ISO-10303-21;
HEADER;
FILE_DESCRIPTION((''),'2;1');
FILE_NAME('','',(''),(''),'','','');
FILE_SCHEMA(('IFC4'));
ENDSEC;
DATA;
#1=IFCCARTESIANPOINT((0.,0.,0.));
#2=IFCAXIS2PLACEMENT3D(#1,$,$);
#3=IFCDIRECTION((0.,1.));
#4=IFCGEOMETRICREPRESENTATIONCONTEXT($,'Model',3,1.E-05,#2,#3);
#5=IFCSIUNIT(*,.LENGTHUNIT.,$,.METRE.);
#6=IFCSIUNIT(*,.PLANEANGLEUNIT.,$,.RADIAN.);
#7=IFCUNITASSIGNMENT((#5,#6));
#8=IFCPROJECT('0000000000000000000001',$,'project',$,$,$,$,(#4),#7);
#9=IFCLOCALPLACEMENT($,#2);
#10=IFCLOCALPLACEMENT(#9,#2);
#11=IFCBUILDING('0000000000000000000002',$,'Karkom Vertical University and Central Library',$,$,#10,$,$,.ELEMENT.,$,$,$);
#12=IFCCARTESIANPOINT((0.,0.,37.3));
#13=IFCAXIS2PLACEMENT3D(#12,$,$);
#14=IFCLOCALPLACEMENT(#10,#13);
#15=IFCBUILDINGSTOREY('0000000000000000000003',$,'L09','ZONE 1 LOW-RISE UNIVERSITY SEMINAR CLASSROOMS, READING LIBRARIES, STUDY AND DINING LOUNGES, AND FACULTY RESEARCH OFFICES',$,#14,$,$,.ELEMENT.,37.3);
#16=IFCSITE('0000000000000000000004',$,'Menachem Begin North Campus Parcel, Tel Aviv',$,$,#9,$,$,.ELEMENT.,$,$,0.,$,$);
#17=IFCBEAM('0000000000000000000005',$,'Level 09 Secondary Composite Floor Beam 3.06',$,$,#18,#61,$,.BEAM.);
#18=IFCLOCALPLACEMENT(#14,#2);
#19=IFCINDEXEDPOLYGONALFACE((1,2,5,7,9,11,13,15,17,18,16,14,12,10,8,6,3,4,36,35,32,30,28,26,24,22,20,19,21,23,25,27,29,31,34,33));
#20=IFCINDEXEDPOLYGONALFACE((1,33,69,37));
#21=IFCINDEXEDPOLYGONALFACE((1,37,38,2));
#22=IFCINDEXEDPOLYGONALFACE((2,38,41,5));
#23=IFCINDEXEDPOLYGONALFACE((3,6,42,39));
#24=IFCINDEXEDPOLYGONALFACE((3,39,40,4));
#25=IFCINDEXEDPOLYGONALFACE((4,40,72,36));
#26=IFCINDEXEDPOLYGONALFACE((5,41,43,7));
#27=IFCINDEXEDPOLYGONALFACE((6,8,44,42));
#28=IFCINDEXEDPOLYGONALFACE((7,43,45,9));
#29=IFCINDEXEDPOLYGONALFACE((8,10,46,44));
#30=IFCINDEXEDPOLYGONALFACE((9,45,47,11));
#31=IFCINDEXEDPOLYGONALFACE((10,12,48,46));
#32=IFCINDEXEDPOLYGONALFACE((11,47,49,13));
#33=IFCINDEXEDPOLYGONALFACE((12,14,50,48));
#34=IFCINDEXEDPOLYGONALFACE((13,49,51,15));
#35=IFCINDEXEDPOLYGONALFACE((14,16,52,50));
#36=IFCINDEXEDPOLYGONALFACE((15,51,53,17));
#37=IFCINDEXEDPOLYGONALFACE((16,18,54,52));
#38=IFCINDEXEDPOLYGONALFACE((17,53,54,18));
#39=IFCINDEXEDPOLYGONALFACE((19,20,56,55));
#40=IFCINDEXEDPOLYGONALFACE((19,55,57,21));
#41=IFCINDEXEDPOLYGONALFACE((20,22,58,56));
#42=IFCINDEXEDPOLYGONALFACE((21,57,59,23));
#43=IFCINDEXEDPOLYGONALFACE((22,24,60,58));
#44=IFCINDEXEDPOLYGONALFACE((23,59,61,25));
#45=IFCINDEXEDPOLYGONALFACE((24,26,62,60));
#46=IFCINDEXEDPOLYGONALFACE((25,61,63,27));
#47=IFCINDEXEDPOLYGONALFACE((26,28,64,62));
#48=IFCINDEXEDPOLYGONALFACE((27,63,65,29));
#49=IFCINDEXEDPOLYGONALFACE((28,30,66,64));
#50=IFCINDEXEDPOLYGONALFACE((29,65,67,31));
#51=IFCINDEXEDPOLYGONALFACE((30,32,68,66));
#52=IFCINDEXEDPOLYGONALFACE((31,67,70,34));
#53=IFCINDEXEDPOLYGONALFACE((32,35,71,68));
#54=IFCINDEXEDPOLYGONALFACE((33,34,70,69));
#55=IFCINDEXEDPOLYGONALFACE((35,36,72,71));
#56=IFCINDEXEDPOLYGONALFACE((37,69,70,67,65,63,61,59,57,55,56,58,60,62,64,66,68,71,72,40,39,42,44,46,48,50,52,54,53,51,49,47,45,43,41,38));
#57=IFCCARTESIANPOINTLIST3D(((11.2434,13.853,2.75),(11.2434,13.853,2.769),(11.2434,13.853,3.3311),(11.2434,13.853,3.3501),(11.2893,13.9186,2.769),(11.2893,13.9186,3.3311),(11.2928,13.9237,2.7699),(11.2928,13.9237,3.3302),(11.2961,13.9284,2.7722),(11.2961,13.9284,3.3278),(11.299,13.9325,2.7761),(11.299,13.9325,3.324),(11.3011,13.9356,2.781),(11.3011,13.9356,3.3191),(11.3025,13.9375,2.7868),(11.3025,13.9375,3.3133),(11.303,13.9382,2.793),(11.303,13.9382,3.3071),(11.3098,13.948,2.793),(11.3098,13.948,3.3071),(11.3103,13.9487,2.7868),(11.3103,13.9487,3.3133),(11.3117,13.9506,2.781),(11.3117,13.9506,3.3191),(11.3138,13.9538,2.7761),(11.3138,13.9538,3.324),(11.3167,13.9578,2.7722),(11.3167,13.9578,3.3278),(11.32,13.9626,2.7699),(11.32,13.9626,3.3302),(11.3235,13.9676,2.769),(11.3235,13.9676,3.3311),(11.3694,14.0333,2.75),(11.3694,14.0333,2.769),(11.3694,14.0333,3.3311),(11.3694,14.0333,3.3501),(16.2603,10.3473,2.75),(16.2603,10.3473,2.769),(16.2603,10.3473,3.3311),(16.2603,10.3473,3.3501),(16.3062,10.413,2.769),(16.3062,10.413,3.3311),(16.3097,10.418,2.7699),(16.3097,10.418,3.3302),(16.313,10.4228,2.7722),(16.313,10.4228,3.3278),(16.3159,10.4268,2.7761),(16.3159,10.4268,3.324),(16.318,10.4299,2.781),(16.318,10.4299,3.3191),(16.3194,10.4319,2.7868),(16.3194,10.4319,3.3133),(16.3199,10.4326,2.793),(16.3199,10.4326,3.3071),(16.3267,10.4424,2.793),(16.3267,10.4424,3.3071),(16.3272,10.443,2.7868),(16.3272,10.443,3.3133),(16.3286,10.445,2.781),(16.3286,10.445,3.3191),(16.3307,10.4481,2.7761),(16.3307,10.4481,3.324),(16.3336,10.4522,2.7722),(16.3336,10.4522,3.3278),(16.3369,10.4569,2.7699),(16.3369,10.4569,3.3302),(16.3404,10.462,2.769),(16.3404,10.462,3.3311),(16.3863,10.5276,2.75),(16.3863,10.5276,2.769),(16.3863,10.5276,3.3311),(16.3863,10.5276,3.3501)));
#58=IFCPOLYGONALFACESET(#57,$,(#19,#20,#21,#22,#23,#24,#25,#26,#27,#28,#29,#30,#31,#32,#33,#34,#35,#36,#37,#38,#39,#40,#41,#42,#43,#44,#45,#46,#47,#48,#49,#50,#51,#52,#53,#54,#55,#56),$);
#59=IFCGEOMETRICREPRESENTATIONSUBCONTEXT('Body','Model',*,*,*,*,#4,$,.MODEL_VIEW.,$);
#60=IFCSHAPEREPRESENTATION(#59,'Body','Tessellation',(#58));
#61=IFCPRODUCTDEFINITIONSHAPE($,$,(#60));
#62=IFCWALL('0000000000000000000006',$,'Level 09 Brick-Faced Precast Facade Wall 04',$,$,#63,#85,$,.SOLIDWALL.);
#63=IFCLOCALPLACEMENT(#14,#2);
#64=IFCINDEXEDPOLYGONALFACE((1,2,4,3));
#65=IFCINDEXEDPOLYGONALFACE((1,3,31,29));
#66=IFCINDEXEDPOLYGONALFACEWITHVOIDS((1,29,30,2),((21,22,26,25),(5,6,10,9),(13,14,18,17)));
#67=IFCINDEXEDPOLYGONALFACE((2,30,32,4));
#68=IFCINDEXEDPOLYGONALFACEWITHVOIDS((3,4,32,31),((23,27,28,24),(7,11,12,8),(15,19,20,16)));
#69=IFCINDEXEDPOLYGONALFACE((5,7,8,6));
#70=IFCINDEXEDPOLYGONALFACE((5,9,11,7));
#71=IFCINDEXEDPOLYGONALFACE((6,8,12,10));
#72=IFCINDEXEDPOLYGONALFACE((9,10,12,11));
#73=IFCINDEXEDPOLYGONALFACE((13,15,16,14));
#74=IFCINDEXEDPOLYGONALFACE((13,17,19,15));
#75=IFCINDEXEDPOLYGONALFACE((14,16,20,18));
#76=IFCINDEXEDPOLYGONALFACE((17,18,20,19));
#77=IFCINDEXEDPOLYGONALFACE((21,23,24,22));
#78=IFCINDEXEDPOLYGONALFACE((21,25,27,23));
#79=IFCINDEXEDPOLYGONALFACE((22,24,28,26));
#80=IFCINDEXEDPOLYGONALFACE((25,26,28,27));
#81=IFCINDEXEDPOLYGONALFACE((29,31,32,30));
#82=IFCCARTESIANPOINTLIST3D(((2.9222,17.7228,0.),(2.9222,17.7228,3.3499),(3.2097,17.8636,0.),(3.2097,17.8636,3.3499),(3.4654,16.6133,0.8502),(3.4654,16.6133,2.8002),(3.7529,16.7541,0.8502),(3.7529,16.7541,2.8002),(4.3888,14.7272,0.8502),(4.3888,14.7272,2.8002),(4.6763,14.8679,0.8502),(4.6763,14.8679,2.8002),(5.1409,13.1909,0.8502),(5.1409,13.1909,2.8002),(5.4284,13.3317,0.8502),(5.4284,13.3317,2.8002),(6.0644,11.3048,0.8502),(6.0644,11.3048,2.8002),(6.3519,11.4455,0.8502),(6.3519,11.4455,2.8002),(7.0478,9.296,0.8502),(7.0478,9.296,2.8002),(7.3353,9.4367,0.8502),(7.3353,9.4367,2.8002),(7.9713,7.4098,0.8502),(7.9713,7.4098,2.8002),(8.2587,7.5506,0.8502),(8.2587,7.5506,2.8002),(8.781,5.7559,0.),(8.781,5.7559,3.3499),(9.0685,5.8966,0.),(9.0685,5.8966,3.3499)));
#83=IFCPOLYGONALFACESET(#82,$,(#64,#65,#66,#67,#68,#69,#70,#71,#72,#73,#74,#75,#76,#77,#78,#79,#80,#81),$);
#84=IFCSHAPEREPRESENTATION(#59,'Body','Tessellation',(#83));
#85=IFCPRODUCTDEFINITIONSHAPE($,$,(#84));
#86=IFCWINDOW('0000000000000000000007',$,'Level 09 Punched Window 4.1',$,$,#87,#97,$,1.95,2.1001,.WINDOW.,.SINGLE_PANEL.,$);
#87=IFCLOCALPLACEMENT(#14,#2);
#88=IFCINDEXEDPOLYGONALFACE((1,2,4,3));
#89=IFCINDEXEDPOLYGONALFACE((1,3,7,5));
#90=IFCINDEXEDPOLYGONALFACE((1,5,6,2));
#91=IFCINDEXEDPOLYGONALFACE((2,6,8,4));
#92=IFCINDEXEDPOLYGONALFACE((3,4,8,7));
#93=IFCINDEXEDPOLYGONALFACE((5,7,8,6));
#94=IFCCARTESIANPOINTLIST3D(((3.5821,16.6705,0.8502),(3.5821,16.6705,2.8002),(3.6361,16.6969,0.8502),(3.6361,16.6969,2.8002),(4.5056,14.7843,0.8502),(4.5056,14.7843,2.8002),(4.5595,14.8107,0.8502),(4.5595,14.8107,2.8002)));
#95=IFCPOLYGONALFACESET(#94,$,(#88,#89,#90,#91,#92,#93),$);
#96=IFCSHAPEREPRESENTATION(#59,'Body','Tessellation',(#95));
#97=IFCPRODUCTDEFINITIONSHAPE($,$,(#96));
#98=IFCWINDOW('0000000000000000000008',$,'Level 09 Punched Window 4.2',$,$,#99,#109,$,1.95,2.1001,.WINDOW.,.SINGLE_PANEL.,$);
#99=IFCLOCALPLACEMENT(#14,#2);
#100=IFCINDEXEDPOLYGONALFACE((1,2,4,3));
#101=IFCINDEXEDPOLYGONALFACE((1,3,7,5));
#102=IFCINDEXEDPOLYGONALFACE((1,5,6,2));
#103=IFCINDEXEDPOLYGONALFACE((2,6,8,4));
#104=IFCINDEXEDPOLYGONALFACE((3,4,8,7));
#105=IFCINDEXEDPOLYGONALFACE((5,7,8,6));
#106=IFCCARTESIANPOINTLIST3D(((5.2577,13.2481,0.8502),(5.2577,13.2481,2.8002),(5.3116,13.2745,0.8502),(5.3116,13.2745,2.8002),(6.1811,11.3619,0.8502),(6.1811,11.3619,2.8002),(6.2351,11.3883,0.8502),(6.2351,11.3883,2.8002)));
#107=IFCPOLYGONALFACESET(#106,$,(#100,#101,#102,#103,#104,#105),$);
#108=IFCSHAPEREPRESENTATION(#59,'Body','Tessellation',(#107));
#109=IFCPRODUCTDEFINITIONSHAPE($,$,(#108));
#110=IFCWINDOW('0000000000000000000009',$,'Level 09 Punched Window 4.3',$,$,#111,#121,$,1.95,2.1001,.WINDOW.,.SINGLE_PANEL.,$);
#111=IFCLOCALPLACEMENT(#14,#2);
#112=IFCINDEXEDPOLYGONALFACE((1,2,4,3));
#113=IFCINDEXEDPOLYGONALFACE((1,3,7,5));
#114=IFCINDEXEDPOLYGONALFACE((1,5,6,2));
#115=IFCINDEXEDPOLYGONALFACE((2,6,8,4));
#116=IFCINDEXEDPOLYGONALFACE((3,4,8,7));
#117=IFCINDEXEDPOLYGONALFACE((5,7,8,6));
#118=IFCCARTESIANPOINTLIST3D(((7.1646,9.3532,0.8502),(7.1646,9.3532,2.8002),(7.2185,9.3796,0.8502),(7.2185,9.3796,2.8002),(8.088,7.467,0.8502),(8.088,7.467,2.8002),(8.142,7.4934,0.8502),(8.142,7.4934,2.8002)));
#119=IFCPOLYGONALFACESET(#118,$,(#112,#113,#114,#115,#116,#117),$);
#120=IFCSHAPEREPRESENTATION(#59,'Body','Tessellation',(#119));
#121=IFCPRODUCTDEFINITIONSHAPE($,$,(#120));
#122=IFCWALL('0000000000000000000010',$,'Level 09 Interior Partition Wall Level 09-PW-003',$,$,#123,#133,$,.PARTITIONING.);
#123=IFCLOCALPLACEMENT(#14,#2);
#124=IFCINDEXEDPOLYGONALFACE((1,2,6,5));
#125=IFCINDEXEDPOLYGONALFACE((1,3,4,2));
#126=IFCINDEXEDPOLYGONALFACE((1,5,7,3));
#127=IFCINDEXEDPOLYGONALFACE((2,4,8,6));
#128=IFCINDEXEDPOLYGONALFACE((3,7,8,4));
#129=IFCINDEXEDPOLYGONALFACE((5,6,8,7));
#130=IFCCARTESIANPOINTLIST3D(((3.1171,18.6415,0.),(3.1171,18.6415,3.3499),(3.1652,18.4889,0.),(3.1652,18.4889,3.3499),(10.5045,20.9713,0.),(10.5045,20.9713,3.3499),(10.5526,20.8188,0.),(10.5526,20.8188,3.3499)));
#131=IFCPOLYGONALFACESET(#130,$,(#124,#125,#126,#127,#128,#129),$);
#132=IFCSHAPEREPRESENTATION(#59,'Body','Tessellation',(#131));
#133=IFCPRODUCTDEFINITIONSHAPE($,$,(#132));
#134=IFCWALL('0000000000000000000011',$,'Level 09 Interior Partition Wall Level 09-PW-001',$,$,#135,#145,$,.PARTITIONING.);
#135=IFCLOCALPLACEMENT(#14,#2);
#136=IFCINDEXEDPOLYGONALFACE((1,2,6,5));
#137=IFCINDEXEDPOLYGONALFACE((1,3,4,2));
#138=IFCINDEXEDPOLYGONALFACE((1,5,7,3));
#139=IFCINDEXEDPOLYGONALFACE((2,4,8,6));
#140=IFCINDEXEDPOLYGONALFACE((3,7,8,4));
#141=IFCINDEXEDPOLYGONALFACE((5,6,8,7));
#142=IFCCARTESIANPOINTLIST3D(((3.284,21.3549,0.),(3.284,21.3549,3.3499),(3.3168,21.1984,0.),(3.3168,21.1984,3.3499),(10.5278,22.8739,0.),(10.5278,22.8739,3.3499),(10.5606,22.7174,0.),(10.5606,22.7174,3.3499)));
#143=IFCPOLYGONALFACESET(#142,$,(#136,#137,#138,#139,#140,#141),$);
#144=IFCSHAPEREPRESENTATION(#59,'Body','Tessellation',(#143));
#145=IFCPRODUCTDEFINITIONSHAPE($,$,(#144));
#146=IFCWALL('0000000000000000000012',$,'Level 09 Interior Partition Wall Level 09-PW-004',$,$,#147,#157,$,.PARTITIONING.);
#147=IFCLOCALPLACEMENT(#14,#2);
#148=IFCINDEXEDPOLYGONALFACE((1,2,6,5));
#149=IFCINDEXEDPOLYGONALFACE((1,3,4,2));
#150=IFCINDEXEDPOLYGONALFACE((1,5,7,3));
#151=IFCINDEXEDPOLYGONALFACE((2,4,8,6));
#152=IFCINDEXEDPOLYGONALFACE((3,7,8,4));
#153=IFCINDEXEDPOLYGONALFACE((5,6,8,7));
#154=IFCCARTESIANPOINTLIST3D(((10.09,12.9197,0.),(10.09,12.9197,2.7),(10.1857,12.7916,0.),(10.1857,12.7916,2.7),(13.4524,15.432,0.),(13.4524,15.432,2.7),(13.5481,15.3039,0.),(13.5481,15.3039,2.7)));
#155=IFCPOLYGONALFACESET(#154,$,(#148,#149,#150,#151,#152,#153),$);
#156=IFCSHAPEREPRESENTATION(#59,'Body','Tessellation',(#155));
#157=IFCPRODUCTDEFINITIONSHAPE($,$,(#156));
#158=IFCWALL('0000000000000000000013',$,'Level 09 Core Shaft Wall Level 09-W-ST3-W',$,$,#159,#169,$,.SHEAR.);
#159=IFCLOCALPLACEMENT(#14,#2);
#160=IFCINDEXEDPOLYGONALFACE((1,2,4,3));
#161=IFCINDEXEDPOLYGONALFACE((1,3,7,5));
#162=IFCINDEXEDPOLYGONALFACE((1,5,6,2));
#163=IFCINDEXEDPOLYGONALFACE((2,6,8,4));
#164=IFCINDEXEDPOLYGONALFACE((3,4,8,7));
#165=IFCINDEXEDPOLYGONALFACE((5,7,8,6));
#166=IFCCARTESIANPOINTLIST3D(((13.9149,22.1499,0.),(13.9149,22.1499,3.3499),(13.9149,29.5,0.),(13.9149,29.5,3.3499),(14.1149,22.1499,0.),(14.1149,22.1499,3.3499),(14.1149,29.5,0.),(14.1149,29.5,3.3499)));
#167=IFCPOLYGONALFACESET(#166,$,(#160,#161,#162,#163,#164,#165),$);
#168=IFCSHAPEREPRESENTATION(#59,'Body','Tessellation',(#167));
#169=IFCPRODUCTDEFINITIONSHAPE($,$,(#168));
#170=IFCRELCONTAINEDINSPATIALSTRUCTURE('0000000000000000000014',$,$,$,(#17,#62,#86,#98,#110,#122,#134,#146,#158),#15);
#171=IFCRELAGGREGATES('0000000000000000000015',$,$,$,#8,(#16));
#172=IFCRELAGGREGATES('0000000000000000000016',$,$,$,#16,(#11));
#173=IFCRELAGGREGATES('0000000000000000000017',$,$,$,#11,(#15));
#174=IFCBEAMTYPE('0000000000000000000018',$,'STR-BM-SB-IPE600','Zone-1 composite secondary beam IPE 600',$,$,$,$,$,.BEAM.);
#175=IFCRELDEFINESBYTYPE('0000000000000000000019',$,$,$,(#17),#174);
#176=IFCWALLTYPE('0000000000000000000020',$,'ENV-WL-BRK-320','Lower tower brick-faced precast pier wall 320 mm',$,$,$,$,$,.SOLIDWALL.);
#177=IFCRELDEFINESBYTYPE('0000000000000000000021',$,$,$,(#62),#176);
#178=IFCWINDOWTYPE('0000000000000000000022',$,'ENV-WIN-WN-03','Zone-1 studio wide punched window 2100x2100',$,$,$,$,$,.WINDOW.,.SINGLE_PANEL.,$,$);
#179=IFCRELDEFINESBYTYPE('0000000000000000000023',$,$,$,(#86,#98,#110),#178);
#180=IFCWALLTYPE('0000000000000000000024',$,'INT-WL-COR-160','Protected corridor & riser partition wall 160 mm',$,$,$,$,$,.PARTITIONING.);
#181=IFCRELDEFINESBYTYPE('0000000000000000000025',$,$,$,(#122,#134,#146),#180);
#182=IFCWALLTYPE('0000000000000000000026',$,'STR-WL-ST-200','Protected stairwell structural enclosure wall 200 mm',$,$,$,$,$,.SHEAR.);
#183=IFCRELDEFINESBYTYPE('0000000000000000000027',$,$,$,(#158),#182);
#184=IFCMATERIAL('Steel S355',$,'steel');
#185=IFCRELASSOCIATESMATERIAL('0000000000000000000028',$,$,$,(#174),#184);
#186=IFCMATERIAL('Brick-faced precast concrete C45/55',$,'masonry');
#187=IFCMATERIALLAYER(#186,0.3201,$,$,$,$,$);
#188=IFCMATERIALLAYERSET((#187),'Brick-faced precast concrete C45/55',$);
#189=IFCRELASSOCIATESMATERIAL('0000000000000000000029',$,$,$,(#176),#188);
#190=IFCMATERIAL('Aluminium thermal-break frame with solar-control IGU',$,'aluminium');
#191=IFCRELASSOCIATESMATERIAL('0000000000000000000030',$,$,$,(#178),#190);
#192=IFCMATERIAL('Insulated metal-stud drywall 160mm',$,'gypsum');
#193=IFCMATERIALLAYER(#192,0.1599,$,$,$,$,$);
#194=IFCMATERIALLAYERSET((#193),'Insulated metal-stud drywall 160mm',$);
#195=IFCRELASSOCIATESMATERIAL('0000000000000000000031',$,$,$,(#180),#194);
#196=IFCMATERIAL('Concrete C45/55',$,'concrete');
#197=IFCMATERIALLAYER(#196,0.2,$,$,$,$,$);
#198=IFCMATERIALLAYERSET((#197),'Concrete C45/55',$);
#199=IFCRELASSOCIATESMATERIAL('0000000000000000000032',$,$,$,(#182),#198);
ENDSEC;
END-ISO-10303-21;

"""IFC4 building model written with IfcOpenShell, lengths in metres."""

from ifc_helpers import new_model, si_unit, direction, frame, frame_2d, origin, origin_with_axes, origin_2d, place, context, subcontext, project, spatial, rectangle, i_section, extrude, source, transform, mapped, material, layer, layer_set, material_profile, profile_set, type_object, element, fill, save


model = new_model("IFC4")

# Units and contexts
model_context = context("Model", 3, precision=1e-05, world=origin(), true_north=direction((0.0, 1.0)))
body_context = subcontext(model_context, "Body", "Model", "MODEL_VIEW")
ifc_project = project(units=[si_unit("LENGTHUNIT", "METRE"), si_unit("PLANEANGLEUNIT", "RADIAN")], contexts=[model_context])

# Site, building, storey
site_placement = place(None, origin())
site = spatial("IfcSite", under=ifc_project, at=site_placement, Name="Menachem Begin North Campus Parcel, Tel Aviv", CompositionType="ELEMENT", RefElevation=0.0)
building_placement = place(site_placement, origin())
building = spatial("IfcBuilding", under=site, at=building_placement, Name="Karkom Vertical University and Central Library", CompositionType="ELEMENT")
storey_placement = place(building_placement, frame((0.0, 0.0, 37.3)))
storey = spatial("IfcBuildingStorey", under=building, at=storey_placement, Name="L09", Description="ZONE 1 LOW-RISE UNIVERSITY SEMINAR CLASSROOMS, READING LIBRARIES, STUDY AND DINING LOUNGES, AND FACULTY RESEARCH OFFICES", CompositionType="ELEMENT", Elevation=37.3)

# Beam
ifc_material_1 = material(Name="Steel S355", Category="steel")
ifc_material_profile_1 = material_profile(ifc_material_1, i_section(OverallWidth=0.22, OverallDepth=0.6001, WebThickness=0.012, FlangeThickness=0.019, FilletRadius=0.0239, at=origin_2d()), Name="IPE 600")
ifc_profile_set_1 = profile_set([ifc_material_profile_1], Name="Steel S355")
beam_type_1 = type_object("IfcBeamType", Name="STR-BM-SB-IPE600", Description="Zone-1 composite secondary beam IPE 600", PredefinedType="BEAM", material=ifc_profile_set_1)
shared_shape_1 = source(origin_with_axes(), body_context, "Body", "SweptSolid", [
    extrude(i_section(OverallWidth=0.22, OverallDepth=0.6001, WebThickness=0.012, FlangeThickness=0.019, FilletRadius=0.0239, at=origin_2d()), origin(), (0.0, 0.0, 1.0), 6.1204),
])
beam_1_placement = place(storey_placement, frame((11.3064, 13.9431, 3.05), z_axis=(0.819706, -0.572785, 0.0), x_axis=(0.572785, 0.819706, 0.0)))
element("IfcBeam", 1, at=beam_1_placement, inside=storey, type_object=beam_type_1, Name="Level 09 Secondary Composite Floor Beam 3.06", PredefinedType="BEAM", context=body_context, shape_type="MappedRepresentation", body=[
    mapped(shared_shape_1, transform((0.0, 0.0, 0.0), scale=1.0)),
])

# Wall, openings, windows
ifc_material_2 = material(Name="Brick-faced precast concrete C45/55", Category="masonry")
ifc_layer_1 = layer(ifc_material_2, 0.3201)
ifc_layer_set_1 = layer_set([ifc_layer_1], Name="Brick-faced precast concrete C45/55")
wall_type_1 = type_object("IfcWallType", Name="ENV-WL-BRK-320", Description="Lower tower brick-faced precast pier wall 320 mm", PredefinedType="SOLIDWALL", material=ifc_layer_set_1)
wall_1_placement = place(storey_placement, frame((3.0659, 17.7932, 0.0), z_axis=(0.0, 0.0, 1.0), x_axis=(0.439715, -0.898137, 0.0)))
wall_1 = element("IfcWall", 2, at=wall_1_placement, inside=storey, type_object=wall_type_1, Name="Level 09 Brick-Faced Precast Facade Wall 04", PredefinedType="SOLIDWALL", context=body_context, shape_type="SweptSolid", body=[
    extrude(rectangle(XDim=13.3242, YDim=0.3201, at=frame_2d((6.6621, 0.0))), origin(), (0.0, 0.0, 1.0), 3.3499),
])
opening_1_placement = place(wall_1_placement, frame((1.2354, 0.0, 0.8501)))
opening_1 = element("IfcOpeningElement", 3, at=opening_1_placement, cuts=wall_1, PredefinedType="OPENING", context=body_context, shape_type="SweptSolid", body=[
    extrude(rectangle(XDim=2.1001, YDim=1.95, at=frame_2d((1.05, 0.9751))), frame((0.0, 0.1699, 0.0), z_axis=(0.0, -1.0, 0.0), x_axis=(1.0, 0.0, 0.0)), (0.0, 0.0, 1.0), 0.3401),
])
opening_2_placement = place(wall_1_placement, frame((5.0459, 0.0, 0.8501)))
opening_2 = element("IfcOpeningElement", 4, at=opening_2_placement, cuts=wall_1, PredefinedType="OPENING", context=body_context, shape_type="SweptSolid", body=[
    extrude(rectangle(XDim=2.1001, YDim=1.95, at=frame_2d((1.05, 0.9751))), frame((0.0, 0.1699, 0.0), z_axis=(0.0, -1.0, 0.0), x_axis=(1.0, 0.0, 0.0)), (0.0, 0.0, 1.0), 0.3401),
])
opening_3_placement = place(wall_1_placement, frame((9.3826, 0.0, 0.8501)))
opening_3 = element("IfcOpeningElement", 5, at=opening_3_placement, cuts=wall_1, PredefinedType="OPENING", context=body_context, shape_type="SweptSolid", body=[
    extrude(rectangle(XDim=2.1001, YDim=1.95, at=frame_2d((1.05, 0.9751))), frame((0.0, 0.1699, 0.0), z_axis=(0.0, -1.0, 0.0), x_axis=(1.0, 0.0, 0.0)), (0.0, 0.0, 1.0), 0.3401),
])
ifc_material_3 = material(Name="Aluminium thermal-break frame with solar-control IGU", Category="aluminium")
window_type = type_object("IfcWindowType", Name="ENV-WIN-WN-03", Description="Zone-1 studio wide punched window 2100x2100", PartitioningType="SINGLE_PANEL", PredefinedType="WINDOW", material=ifc_material_3)
shared_shape_2 = source(origin_with_axes(), body_context, "Body", "SweptSolid", [
    extrude(rectangle(XDim=2.1001, YDim=1.95, at=frame_2d((1.05, 0.9751))), frame((0.0, 0.03, 0.0), z_axis=(0.0, -1.0, 0.0), x_axis=(1.0, 0.0, 0.0)), (0.0, 0.0, 1.0), 0.0601),
])
window_1_placement = place(opening_1_placement, origin())
window_1 = element("IfcWindow", 6, at=window_1_placement, inside=storey, type_object=window_type, Name="Level 09 Punched Window 4.1", OverallHeight=1.95, OverallWidth=2.1001, PartitioningType="SINGLE_PANEL", PredefinedType="WINDOW", context=body_context, shape_type="MappedRepresentation", body=[
    mapped(shared_shape_2, transform((0.0, 0.0, 0.0), scale=1.0)),
])
fill(opening_1, window_1)
window_2_placement = place(opening_2_placement, origin())
window_2 = element("IfcWindow", 7, at=window_2_placement, inside=storey, type_object=window_type, Name="Level 09 Punched Window 4.2", OverallHeight=1.95, OverallWidth=2.1001, PartitioningType="SINGLE_PANEL", PredefinedType="WINDOW", context=body_context, shape_type="MappedRepresentation", body=[
    mapped(shared_shape_2, transform((0.0, 0.0, 0.0), scale=1.0)),
])
fill(opening_2, window_2)
window_3_placement = place(opening_3_placement, origin())
window_3 = element("IfcWindow", 8, at=window_3_placement, inside=storey, type_object=window_type, Name="Level 09 Punched Window 4.3", OverallHeight=1.95, OverallWidth=2.1001, PartitioningType="SINGLE_PANEL", PredefinedType="WINDOW", context=body_context, shape_type="MappedRepresentation", body=[
    mapped(shared_shape_2, transform((0.0, 0.0, 0.0), scale=1.0)),
])
fill(opening_3, window_3)

# Shared definitions
ifc_material_4 = material(Name="Insulated metal-stud drywall 160mm", Category="gypsum")
ifc_layer_2 = layer(ifc_material_4, 0.1599)
ifc_layer_set_2 = layer_set([ifc_layer_2], Name="Insulated metal-stud drywall 160mm")
wall_type_2 = type_object("IfcWallType", Name="INT-WL-COR-160", Description="Protected corridor & riser partition wall 160 mm", PredefinedType="PARTITIONING", material=ifc_layer_set_2)

# Walls
wall_2_placement = place(storey_placement, frame((10.5286, 20.895, 0.0), z_axis=(0.0, 0.0, 1.0), x_axis=(-0.953695, -0.300774, 0.0)))
element("IfcWall", 9, at=wall_2_placement, inside=storey, type_object=wall_type_2, Name="Level 09 Interior Partition Wall Level 09-PW-003", PredefinedType="PARTITIONING", context=body_context, shape_type="SweptSolid", body=[
    extrude(rectangle(XDim=7.7461, YDim=0.1599, at=frame_2d((3.873, 0.0))), origin(), (0.0, 0.0, 1.0), 3.3499),
])
wall_3_placement = place(storey_placement, frame((10.5442, 22.7957, 0.0), z_axis=(0.0, 0.0, 1.0), x_axis=(-0.978713, -0.205236, 0.0)))
element("IfcWall", 10, at=wall_3_placement, inside=storey, type_object=wall_type_2, Name="Level 09 Interior Partition Wall Level 09-PW-001", PredefinedType="PARTITIONING", context=body_context, shape_type="SweptSolid", body=[
    extrude(rectangle(XDim=7.4014, YDim=0.1599, at=frame_2d((3.7007, 0.0))), origin(), (0.0, 0.0, 1.0), 3.3499),
])
wall_4_placement = place(storey_placement, frame((13.5002, 15.3679, 0.0), z_axis=(0.0, 0.0, 1.0), x_axis=(-0.801088, -0.598547, 0.0)))
element("IfcWall", 11, at=wall_4_placement, inside=storey, type_object=wall_type_2, Name="Level 09 Interior Partition Wall Level 09-PW-004", PredefinedType="PARTITIONING", context=body_context, shape_type="SweptSolid", body=[
    extrude(rectangle(XDim=4.1973, YDim=0.1599, at=frame_2d((2.0986, 0.0))), origin(), (0.0, 0.0, 1.0), 2.7),
])
ifc_material_5 = material(Name="Concrete C45/55", Category="concrete")
ifc_layer_3 = layer(ifc_material_5, 0.2)
ifc_layer_set_3 = layer_set([ifc_layer_3], Name="Concrete C45/55")
wall_type_3 = type_object("IfcWallType", Name="STR-WL-ST-200", Description="Protected stairwell structural enclosure wall 200 mm", PredefinedType="SHEAR", material=ifc_layer_set_3)
wall_5_placement = place(storey_placement, frame((14.0149, 22.1499, 0.0), z_axis=(0.0, 0.0, 1.0), x_axis=(0.0, 1.0, 0.0)))
element("IfcWall", 12, at=wall_5_placement, inside=storey, type_object=wall_type_3, Name="Level 09 Core Shaft Wall Level 09-W-ST3-W", PredefinedType="SHEAR", context=body_context, shape_type="SweptSolid", body=[
    extrude(rectangle(XDim=7.3501, YDim=0.2, at=frame_2d((3.675, 0.0))), origin(), (0.0, 0.0, 1.0), 3.3499),
])

save(model, "model.ifc")
